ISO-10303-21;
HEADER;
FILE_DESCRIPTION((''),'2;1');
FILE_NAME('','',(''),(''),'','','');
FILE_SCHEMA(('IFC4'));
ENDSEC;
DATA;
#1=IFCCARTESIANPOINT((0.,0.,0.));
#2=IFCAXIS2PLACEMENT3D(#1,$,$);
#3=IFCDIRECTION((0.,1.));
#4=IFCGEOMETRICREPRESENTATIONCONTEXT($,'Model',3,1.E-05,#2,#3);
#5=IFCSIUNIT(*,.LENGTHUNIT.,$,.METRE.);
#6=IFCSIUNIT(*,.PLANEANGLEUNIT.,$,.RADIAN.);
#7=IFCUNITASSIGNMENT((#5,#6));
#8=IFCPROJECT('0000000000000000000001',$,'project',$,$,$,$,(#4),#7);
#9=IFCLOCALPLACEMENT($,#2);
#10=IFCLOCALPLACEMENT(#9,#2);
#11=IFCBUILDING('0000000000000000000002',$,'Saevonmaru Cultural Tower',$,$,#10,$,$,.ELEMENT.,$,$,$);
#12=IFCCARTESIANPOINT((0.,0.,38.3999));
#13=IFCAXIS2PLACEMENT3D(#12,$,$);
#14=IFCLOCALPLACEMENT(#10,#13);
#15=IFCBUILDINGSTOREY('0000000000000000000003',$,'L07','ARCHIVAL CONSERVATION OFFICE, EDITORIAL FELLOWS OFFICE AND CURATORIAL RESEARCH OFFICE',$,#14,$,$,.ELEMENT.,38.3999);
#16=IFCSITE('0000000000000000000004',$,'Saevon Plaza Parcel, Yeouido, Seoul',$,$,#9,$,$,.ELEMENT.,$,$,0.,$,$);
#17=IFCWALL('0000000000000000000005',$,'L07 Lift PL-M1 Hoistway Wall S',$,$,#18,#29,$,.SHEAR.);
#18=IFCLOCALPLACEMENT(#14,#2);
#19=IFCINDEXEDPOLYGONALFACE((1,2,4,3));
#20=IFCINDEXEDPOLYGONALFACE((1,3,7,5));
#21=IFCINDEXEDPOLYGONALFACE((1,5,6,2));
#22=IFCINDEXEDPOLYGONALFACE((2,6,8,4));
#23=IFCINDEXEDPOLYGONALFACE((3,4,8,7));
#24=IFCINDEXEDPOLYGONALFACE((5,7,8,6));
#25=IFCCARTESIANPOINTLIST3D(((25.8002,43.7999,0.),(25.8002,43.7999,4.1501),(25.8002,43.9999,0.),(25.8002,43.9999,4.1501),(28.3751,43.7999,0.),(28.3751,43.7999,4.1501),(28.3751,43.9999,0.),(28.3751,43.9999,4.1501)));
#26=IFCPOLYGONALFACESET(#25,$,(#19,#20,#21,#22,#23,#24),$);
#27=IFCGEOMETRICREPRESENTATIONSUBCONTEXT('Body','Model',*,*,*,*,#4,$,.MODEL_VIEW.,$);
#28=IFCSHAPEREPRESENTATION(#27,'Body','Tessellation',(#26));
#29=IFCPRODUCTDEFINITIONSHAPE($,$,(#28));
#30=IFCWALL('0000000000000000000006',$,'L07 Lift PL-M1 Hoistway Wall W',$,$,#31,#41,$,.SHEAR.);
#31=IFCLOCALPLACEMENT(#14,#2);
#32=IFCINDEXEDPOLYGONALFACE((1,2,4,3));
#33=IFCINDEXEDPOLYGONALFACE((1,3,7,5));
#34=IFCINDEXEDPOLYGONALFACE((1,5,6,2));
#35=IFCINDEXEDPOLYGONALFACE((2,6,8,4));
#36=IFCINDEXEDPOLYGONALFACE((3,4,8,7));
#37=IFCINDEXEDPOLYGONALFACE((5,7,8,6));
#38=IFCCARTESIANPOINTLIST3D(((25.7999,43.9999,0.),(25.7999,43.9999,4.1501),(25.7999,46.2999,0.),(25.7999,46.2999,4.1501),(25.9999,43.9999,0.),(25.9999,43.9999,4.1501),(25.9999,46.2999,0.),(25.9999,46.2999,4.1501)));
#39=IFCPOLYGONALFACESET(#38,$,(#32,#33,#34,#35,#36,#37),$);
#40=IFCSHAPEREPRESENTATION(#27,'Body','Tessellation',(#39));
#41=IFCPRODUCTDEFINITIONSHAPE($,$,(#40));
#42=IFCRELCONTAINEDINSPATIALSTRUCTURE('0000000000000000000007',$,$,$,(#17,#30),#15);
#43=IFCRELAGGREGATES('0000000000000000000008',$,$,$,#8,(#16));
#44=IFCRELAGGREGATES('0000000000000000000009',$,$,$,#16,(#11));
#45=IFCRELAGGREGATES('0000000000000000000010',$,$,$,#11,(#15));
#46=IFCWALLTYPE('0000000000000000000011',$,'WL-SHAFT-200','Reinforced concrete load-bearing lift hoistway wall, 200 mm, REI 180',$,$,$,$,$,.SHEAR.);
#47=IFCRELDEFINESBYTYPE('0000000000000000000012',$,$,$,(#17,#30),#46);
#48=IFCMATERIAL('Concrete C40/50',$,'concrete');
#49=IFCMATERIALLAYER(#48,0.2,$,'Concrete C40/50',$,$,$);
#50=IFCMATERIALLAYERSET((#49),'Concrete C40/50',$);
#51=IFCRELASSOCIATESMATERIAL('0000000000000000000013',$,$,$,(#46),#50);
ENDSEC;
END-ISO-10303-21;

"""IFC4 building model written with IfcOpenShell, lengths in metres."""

from ifc_helpers import new_model, si_unit, direction, frame, frame_2d, origin, place, context, subcontext, project, spatial, rectangle, extrude, material, layer, layer_set, type_object, element, save


model = new_model("IFC4")

# Units and contexts
model_context = context("Model", 3, precision=1e-05, world=origin(), true_north=direction((0.0, 1.0)))
body_context = subcontext(model_context, "Body", "Model", "MODEL_VIEW")
ifc_project = project(units=[si_unit("LENGTHUNIT", "METRE"), si_unit("PLANEANGLEUNIT", "RADIAN")], contexts=[model_context])

# Site, building, storey
site_placement = place(None, origin())
site = spatial("IfcSite", under=ifc_project, at=site_placement, Name="Saevon Plaza Parcel, Yeouido, Seoul", CompositionType="ELEMENT", RefElevation=0.0)
building_placement = place(site_placement, origin())
building = spatial("IfcBuilding", under=site, at=building_placement, Name="Saevonmaru Cultural Tower", CompositionType="ELEMENT")
storey_placement = place(building_placement, frame((0.0, 0.0, 38.3999)))
storey = spatial("IfcBuildingStorey", under=building, at=storey_placement, Name="L07", Description="ARCHIVAL CONSERVATION OFFICE, EDITORIAL FELLOWS OFFICE AND CURATORIAL RESEARCH OFFICE", CompositionType="ELEMENT", Elevation=38.3999)

# Walls
ifc_material_1 = material(Name="Concrete C40/50", Category="concrete")
ifc_layer_1 = layer(ifc_material_1, 0.2, Name="Concrete C40/50")
ifc_layer_set_1 = layer_set([ifc_layer_1], Name="Concrete C40/50")
wall_type_1 = type_object("IfcWallType", Name="WL-SHAFT-200", Description="Reinforced concrete load-bearing lift hoistway wall, 200 mm, REI 180", PredefinedType="SHEAR", material=ifc_layer_set_1)
wall_1_placement = place(storey_placement, frame((25.8, 43.8999, 0.0), z_axis=(0.0, 0.0, 1.0), x_axis=(1.0, 0.0, 0.0)))
element("IfcWall", 1, at=wall_1_placement, inside=storey, type_object=wall_type_1, Name="L07 Lift PL-M1 Hoistway Wall S", PredefinedType="SHEAR", context=body_context, shape_type="SweptSolid", body=[
    extrude(rectangle(XDim=2.575, YDim=0.2, at=frame_2d((1.2876, 0.0))), origin(), (0.0, 0.0, 1.0), 4.1501),
])
wall_2_placement = place(storey_placement, frame((25.8999, 44.0, 0.0), z_axis=(0.0, 0.0, 1.0), x_axis=(0.0, 1.0, 0.0)))
element("IfcWall", 2, at=wall_2_placement, inside=storey, type_object=wall_type_1, Name="L07 Lift PL-M1 Hoistway Wall W", PredefinedType="SHEAR", context=body_context, shape_type="SweptSolid", body=[
    extrude(rectangle(XDim=2.3, YDim=0.2, at=frame_2d((1.1499, 0.0))), origin(), (0.0, 0.0, 1.0), 4.1501),
])

save(model, "model.ifc")
